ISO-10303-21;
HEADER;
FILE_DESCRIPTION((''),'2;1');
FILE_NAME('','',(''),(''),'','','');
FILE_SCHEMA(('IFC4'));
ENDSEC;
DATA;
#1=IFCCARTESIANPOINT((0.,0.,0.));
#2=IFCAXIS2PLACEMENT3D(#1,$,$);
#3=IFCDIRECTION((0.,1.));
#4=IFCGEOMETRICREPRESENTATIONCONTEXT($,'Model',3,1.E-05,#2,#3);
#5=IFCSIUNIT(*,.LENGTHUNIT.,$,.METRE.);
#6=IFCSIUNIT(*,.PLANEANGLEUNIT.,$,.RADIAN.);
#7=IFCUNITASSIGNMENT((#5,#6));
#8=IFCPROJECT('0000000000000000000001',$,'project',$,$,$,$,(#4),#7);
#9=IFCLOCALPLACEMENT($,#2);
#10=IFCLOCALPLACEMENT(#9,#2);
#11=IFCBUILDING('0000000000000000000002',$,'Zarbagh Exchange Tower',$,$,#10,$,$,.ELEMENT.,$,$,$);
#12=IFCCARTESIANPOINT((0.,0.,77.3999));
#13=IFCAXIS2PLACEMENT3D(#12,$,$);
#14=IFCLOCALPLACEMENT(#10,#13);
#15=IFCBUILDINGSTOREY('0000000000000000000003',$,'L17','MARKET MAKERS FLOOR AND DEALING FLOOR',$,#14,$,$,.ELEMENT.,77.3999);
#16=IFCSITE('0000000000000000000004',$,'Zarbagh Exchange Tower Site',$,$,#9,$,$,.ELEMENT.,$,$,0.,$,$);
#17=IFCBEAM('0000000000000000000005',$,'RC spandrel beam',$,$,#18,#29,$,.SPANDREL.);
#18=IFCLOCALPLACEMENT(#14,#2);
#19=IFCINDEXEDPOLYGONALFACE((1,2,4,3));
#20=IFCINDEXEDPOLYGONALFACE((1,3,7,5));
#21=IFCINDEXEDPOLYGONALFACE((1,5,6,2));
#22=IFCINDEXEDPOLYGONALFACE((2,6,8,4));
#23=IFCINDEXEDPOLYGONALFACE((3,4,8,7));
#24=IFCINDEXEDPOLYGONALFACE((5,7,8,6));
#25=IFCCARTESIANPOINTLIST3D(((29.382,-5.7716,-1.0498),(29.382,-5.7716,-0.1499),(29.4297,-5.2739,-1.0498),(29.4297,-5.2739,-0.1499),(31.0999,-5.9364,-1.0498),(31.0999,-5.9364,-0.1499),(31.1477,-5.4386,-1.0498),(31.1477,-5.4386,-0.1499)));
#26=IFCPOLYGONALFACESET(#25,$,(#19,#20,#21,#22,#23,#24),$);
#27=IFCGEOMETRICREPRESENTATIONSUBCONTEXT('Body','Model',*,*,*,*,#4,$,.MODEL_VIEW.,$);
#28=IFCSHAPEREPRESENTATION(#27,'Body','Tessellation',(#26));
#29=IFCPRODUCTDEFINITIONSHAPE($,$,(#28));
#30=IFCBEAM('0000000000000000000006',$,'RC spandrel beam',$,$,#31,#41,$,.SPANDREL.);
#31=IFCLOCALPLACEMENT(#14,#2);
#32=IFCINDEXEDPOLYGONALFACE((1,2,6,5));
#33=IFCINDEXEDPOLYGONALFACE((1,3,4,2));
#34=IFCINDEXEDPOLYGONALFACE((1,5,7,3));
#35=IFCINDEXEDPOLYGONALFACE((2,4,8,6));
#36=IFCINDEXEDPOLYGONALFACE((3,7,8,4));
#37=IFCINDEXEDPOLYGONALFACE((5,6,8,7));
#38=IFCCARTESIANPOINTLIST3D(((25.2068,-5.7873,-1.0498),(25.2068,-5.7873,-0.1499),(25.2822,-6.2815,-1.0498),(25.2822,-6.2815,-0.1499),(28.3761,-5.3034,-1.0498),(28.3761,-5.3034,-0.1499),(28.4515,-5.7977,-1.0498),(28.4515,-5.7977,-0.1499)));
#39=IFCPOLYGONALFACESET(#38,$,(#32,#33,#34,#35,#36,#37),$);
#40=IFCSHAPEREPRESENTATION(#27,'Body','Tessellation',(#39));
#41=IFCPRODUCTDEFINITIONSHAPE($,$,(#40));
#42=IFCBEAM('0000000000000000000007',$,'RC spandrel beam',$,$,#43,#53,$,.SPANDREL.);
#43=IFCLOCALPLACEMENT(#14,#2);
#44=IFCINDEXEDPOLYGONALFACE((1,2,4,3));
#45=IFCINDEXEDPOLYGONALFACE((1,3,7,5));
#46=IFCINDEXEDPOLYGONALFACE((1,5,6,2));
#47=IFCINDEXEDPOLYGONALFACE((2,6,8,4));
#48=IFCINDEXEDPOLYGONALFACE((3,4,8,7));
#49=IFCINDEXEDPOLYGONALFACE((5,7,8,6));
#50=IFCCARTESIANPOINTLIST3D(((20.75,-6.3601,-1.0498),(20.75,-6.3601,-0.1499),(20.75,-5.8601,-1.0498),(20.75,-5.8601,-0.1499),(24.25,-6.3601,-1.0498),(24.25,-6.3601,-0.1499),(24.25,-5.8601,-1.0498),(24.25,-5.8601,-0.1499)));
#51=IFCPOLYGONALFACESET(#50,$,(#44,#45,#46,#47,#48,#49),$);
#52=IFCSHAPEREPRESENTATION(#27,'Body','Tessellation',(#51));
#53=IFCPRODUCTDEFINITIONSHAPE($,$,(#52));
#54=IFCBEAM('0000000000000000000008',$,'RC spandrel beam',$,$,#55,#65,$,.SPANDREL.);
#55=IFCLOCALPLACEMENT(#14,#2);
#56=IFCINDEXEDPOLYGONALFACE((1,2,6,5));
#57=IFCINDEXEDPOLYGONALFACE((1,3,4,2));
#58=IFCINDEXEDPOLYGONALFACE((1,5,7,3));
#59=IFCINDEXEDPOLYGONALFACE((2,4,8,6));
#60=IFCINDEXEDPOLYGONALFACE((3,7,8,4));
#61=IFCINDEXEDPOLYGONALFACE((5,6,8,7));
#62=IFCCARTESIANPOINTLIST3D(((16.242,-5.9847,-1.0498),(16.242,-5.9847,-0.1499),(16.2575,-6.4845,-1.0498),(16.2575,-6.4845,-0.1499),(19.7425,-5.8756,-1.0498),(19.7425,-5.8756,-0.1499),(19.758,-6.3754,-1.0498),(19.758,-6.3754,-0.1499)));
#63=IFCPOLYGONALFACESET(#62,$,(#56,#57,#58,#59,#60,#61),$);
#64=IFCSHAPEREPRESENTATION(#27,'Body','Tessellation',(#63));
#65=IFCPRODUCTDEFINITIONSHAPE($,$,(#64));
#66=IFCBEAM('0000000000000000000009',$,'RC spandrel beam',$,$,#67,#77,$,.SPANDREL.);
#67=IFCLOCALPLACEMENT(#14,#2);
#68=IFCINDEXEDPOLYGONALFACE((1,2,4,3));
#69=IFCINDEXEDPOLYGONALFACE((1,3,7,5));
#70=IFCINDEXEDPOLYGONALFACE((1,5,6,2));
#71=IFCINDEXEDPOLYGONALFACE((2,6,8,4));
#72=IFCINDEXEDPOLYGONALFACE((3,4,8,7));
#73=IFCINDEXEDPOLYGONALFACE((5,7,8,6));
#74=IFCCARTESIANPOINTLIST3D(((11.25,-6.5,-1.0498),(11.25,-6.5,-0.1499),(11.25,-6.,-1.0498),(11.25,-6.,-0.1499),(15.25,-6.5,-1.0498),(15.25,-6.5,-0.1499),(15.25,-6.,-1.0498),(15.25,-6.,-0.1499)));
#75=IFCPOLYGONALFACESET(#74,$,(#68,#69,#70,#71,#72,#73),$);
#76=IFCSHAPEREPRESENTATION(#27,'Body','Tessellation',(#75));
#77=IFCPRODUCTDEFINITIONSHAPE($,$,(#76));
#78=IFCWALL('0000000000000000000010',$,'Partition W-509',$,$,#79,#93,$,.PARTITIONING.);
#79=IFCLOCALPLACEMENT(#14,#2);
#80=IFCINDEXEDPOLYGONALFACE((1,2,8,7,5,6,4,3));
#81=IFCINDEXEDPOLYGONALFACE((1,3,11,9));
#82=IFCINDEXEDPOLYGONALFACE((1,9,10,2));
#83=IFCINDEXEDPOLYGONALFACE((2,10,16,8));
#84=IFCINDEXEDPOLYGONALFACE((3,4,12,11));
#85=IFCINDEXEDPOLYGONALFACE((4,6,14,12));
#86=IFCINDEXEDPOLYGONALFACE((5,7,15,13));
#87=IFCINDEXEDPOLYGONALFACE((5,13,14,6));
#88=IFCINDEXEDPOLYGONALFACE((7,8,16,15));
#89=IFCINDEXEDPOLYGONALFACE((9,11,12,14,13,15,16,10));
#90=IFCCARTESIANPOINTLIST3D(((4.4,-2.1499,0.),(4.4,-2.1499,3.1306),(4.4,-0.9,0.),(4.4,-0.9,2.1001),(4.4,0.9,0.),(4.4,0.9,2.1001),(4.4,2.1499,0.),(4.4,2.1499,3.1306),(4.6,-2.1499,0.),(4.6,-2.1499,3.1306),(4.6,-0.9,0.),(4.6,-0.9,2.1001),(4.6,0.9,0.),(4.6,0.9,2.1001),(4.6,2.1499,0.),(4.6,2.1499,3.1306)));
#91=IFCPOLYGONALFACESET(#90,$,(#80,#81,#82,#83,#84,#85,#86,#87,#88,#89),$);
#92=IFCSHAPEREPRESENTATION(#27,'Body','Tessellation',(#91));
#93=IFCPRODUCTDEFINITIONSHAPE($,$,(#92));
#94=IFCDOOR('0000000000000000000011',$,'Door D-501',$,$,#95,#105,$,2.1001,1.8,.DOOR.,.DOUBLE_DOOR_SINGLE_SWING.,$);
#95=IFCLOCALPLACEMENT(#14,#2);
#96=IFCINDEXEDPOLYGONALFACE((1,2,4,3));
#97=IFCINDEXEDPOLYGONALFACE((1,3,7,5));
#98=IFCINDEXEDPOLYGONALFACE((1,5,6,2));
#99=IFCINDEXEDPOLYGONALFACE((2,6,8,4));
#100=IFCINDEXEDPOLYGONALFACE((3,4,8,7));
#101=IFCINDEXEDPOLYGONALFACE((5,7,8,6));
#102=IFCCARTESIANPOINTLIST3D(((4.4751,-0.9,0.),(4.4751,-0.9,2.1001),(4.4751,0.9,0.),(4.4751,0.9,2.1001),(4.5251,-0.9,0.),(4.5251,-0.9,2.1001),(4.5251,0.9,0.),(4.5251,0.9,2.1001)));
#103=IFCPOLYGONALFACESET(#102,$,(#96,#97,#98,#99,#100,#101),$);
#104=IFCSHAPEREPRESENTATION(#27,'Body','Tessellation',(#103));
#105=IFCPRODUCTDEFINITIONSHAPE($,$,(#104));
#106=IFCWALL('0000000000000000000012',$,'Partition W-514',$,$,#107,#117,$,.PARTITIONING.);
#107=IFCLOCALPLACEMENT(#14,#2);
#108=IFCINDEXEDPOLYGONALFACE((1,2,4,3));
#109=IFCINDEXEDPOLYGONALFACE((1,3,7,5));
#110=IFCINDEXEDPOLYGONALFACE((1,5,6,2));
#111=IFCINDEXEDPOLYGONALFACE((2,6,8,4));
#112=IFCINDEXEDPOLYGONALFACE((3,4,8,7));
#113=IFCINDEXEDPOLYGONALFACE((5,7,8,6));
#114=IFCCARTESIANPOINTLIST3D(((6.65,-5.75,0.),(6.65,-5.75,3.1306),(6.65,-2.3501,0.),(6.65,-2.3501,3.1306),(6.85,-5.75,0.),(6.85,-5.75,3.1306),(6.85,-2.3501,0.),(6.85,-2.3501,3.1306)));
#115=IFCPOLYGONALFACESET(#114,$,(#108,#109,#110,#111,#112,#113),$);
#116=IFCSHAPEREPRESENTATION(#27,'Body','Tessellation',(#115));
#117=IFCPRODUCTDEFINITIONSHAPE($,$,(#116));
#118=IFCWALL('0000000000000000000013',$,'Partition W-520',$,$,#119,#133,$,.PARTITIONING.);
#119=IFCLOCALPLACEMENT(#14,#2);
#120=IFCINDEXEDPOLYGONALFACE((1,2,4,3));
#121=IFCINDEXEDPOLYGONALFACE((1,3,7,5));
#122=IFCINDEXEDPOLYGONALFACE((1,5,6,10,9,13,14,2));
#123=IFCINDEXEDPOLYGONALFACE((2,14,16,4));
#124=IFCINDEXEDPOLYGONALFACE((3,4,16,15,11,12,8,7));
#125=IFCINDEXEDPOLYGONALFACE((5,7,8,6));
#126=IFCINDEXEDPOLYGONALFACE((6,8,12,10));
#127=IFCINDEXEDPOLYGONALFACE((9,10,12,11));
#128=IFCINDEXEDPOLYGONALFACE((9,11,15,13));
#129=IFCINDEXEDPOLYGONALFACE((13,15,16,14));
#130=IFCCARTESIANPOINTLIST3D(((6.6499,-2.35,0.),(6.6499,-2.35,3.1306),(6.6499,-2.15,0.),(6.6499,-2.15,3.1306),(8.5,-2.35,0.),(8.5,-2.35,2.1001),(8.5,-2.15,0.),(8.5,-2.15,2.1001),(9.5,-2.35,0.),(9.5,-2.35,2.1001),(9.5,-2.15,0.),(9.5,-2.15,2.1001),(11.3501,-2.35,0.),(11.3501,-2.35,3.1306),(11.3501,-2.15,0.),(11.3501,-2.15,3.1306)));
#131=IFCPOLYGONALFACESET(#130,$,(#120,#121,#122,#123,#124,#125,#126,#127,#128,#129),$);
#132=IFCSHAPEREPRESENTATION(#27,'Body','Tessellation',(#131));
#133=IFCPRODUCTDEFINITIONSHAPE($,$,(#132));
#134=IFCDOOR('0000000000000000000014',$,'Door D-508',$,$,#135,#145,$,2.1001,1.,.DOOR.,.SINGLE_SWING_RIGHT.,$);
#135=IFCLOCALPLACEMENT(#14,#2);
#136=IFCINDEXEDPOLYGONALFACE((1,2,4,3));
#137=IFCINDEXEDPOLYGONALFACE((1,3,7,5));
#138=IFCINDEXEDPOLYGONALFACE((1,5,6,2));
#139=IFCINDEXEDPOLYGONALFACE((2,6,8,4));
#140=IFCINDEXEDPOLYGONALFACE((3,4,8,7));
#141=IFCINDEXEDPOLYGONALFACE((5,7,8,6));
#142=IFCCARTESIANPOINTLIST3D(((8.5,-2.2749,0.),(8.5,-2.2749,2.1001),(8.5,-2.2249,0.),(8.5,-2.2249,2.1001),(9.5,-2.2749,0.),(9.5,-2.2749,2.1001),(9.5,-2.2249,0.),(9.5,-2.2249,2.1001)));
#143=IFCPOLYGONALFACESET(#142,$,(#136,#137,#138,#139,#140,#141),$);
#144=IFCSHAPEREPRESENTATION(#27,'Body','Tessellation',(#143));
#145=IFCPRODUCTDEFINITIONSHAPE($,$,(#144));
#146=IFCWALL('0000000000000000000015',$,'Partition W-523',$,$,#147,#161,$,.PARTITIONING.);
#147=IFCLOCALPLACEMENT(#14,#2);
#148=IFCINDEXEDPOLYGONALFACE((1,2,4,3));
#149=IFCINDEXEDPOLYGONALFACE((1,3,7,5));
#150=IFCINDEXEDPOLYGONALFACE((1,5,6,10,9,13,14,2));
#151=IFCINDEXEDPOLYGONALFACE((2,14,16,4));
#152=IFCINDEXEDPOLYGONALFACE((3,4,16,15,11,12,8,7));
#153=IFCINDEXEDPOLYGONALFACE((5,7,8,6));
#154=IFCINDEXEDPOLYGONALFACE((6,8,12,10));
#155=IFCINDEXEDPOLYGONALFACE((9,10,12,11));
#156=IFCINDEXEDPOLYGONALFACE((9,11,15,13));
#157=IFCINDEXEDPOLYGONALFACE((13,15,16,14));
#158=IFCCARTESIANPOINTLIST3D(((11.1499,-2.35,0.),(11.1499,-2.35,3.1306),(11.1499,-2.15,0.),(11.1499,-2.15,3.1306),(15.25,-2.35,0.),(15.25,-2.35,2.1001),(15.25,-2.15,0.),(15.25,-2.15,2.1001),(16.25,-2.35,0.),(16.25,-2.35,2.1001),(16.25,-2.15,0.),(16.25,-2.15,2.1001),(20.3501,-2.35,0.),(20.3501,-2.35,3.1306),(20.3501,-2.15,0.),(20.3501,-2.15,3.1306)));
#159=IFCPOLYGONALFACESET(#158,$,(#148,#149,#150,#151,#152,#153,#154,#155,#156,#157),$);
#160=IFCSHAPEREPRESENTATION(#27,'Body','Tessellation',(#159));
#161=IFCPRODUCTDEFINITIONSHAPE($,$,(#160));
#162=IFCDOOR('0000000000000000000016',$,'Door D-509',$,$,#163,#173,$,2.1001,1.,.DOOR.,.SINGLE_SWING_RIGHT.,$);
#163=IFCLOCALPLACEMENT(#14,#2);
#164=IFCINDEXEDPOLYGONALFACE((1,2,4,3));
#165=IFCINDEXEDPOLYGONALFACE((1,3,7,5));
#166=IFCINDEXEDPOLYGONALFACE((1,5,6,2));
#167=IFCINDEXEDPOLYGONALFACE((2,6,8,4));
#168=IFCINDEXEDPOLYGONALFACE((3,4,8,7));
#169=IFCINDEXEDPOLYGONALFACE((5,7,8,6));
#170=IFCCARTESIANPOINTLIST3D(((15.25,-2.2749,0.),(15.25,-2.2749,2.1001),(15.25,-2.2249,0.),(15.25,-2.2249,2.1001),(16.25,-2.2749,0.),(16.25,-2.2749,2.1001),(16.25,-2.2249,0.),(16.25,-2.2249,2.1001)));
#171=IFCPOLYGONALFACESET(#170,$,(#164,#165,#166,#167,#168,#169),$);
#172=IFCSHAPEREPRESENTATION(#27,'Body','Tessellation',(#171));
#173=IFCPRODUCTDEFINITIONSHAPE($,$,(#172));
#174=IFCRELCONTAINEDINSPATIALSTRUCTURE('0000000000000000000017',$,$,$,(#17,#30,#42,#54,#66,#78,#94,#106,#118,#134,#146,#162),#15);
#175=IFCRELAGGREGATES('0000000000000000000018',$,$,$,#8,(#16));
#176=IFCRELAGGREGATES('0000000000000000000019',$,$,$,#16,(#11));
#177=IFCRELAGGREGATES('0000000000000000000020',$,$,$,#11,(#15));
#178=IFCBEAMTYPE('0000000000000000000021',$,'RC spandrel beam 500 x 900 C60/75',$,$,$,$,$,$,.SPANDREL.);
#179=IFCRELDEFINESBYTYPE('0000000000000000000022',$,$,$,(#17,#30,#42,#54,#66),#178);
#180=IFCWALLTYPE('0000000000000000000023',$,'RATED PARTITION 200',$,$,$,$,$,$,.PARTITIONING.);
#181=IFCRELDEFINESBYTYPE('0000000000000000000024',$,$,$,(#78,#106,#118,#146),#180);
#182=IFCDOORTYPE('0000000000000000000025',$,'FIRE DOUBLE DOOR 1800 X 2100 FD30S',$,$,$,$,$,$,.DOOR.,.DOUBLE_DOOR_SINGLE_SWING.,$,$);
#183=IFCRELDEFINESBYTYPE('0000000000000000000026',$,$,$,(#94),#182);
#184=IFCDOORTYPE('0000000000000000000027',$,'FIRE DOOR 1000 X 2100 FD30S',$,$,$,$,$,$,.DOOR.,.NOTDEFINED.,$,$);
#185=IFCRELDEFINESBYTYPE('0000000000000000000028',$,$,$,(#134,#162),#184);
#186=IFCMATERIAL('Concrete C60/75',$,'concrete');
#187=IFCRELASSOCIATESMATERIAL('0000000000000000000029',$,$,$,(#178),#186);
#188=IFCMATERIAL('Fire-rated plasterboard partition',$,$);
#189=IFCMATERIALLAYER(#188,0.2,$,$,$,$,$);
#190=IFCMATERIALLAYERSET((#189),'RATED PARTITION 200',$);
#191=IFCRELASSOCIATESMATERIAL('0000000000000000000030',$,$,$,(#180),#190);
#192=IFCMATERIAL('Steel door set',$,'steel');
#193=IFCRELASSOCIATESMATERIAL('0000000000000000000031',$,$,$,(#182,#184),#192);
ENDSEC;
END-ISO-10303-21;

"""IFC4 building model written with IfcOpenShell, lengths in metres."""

from ifc_helpers import new_model, si_unit, direction, frame, frame_2d, origin, origin_2d, place, context, subcontext, project, spatial, rectangle, extrude, material, layer, layer_set, material_profile, profile_set, type_object, element, fill, save


model = new_model("IFC4")

# Units and contexts
model_context = context("Model", 3, precision=1e-05, world=origin(), true_north=direction((0.0, 1.0)))
body_context = subcontext(model_context, "Body", "Model", "MODEL_VIEW")
ifc_project = project(units=[si_unit("LENGTHUNIT", "METRE"), si_unit("PLANEANGLEUNIT", "RADIAN")], contexts=[model_context])

# Site, building, storey
site_placement = place(None, origin())
site = spatial("IfcSite", under=ifc_project, at=site_placement, Name="Zarbagh Exchange Tower Site", CompositionType="ELEMENT", RefElevation=0.0)
building_placement = place(site_placement, origin())
building = spatial("IfcBuilding", under=site, at=building_placement, Name="Zarbagh Exchange Tower", CompositionType="ELEMENT")
storey_placement = place(building_placement, frame((0.0, 0.0, 77.3999)))
storey = spatial("IfcBuildingStorey", under=building, at=storey_placement, Name="L17", Description="MARKET MAKERS FLOOR AND DEALING FLOOR", CompositionType="ELEMENT", Elevation=77.3999)

# Shared definitions
ifc_material_1 = material(Name="Concrete C60/75", Category="concrete")

# Beams
ifc_material_profile_1 = material_profile(ifc_material_1, rectangle(XDim=0.5, YDim=0.8999, at=origin_2d()), Name="RC spandrel beam 500 x 900 C60/75")
ifc_profile_set_1 = profile_set([ifc_material_profile_1], Name="Concrete C60/75")
beam_type_1 = type_object("IfcBeamType", Name="RC spandrel beam 500 x 900 C60/75", PredefinedType="SPANDREL", material=ifc_profile_set_1)
beam_1_placement = place(storey_placement, frame((31.1238, -5.6875, -0.5999), z_axis=(-0.995431, 0.095483, 0.0), x_axis=(-0.095483, -0.995431, 0.0)))
element("IfcBeam", 1, at=beam_1_placement, inside=storey, type_object=beam_type_1, Name="RC spandrel beam", PredefinedType="SPANDREL", context=body_context, shape_type="SweptSolid", body=[
    extrude(rectangle(XDim=0.5, YDim=0.8999, at=origin_2d()), origin(), (0.0, 0.0, 1.0), 1.7258),
])
beam_2_placement = place(storey_placement, frame((28.4138, -5.5505, -0.5999), z_axis=(-0.988545, -0.150924, 0.0), x_axis=(0.150924, -0.988545, 0.0)))
element("IfcBeam", 2, at=beam_2_placement, inside=storey, type_object=beam_type_1, Name="RC spandrel beam", PredefinedType="SPANDREL", context=body_context, shape_type="SweptSolid", body=[
    extrude(rectangle(XDim=0.5, YDim=0.8999, at=origin_2d()), origin(), (0.0, 0.0, 1.0), 3.2061),
])
beam_3_placement = place(storey_placement, frame((24.25, -6.1101, -0.5999), z_axis=(-1.0, 0.0, 0.0), x_axis=(0.0, -1.0, 0.0)))
element("IfcBeam", 3, at=beam_3_placement, inside=storey, type_object=beam_type_1, Name="RC spandrel beam", PredefinedType="SPANDREL", context=body_context, shape_type="SweptSolid", body=[
    extrude(rectangle(XDim=0.5, YDim=0.8999, at=origin_2d()), origin(), (0.0, 0.0, 1.0), 3.5),
])
beam_4_placement = place(storey_placement, frame((19.7502, -6.1255, -0.5999), z_axis=(-0.999514, -0.031161, 0.0), x_axis=(0.031161, -0.999514, 0.0)))
element("IfcBeam", 4, at=beam_4_placement, inside=storey, type_object=beam_type_1, Name="RC spandrel beam", PredefinedType="SPANDREL", context=body_context, shape_type="SweptSolid", body=[
    extrude(rectangle(XDim=0.5, YDim=0.8999, at=origin_2d()), origin(), (0.0, 0.0, 1.0), 3.5022),
])
beam_5_placement = place(storey_placement, frame((15.25, -6.25, -0.5999), z_axis=(-1.0, 0.0, 0.0), x_axis=(0.0, -1.0, 0.0)))
element("IfcBeam", 5, at=beam_5_placement, inside=storey, type_object=beam_type_1, Name="RC spandrel beam", PredefinedType="SPANDREL", context=body_context, shape_type="SweptSolid", body=[
    extrude(rectangle(XDim=0.5, YDim=0.8999, at=origin_2d()), origin(), (0.0, 0.0, 1.0), 4.0),
])

# Wall, opening, door
ifc_material_2 = material(Name="Fire-rated plasterboard partition")
ifc_layer = layer(ifc_material_2, 0.2)
ifc_layer_set = layer_set([ifc_layer], Name="RATED PARTITION 200")
wall_type = type_object("IfcWallType", Name="RATED PARTITION 200", PredefinedType="PARTITIONING", material=ifc_layer_set)
wall_1_placement = place(storey_placement, frame((4.5, -2.1499, 0.0), z_axis=(0.0, 0.0, 1.0), x_axis=(0.0, 1.0, 0.0)))
wall_1 = element("IfcWall", 6, at=wall_1_placement, inside=storey, type_object=wall_type, Name="Partition W-509", PredefinedType="PARTITIONING", context=body_context, shape_type="SweptSolid", body=[
    extrude(rectangle(XDim=4.2998, YDim=0.2, at=frame_2d((2.1499, 0.0))), origin(), (0.0, 0.0, 1.0), 3.1306),
])
opening_1_placement = place(wall_1_placement, frame((1.25, 0.0, 0.0)))
opening_1 = element("IfcOpeningElement", 7, at=opening_1_placement, cuts=wall_1, PredefinedType="OPENING", context=body_context, shape_type="SweptSolid", body=[
    extrude(rectangle(XDim=1.8, YDim=2.1001, at=frame_2d((0.8999, 1.05))), frame((0.0, 0.1099, 0.0), z_axis=(0.0, -1.0, 0.0), x_axis=(1.0, 0.0, 0.0)), (0.0, 0.0, 1.0), 0.22),
])
ifc_material_3 = material(Name="Steel door set", Category="steel")
door_type_1 = type_object("IfcDoorType", Name="FIRE DOUBLE DOOR 1800 X 2100 FD30S", OperationType="DOUBLE_DOOR_SINGLE_SWING", PredefinedType="DOOR", material=ifc_material_3)
door_1_placement = place(opening_1_placement, origin())
door_1 = element("IfcDoor", 8, at=door_1_placement, inside=storey, type_object=door_type_1, Name="Door D-501", OperationType="DOUBLE_DOOR_SINGLE_SWING", OverallHeight=2.1001, OverallWidth=1.8, PredefinedType="DOOR", context=body_context, shape_type="SweptSolid", body=[
    extrude(rectangle(XDim=1.8, YDim=2.1001, at=frame_2d((0.8999, 1.05))), frame((0.0, 0.0249, 0.0), z_axis=(0.0, -1.0, 0.0), x_axis=(1.0, 0.0, 0.0)), (0.0, 0.0, 1.0), 0.05),
])
fill(opening_1, door_1)

# Wall
wall_2_placement = place(storey_placement, frame((6.75, -5.75, 0.0), z_axis=(0.0, 0.0, 1.0), x_axis=(0.0, 1.0, 0.0)))
element("IfcWall", 9, at=wall_2_placement, inside=storey, type_object=wall_type, Name="Partition W-514", PredefinedType="PARTITIONING", context=body_context, shape_type="SweptSolid", body=[
    extrude(rectangle(XDim=3.3999, YDim=0.2, at=frame_2d((1.7, 0.0))), origin(), (0.0, 0.0, 1.0), 3.1306),
])

# Walls, openings, doors
wall_3_placement = place(storey_placement, frame((11.3501, -2.25, 0.0), z_axis=(0.0, 0.0, 1.0), x_axis=(-1.0, 0.0, 0.0)))
wall_3 = element("IfcWall", 10, at=wall_3_placement, inside=storey, type_object=wall_type, Name="Partition W-520", PredefinedType="PARTITIONING", context=body_context, shape_type="SweptSolid", body=[
    extrude(rectangle(XDim=4.7002, YDim=0.2, at=frame_2d((2.3501, 0.0))), origin(), (0.0, 0.0, 1.0), 3.1306),
])
opening_2_placement = place(wall_3_placement, frame((1.8501, 0.0, 0.0)))
opening_2 = element("IfcOpeningElement", 11, at=opening_2_placement, cuts=wall_3, PredefinedType="OPENING", context=body_context, shape_type="SweptSolid", body=[
    extrude(rectangle(XDim=1.0, YDim=2.1001, at=frame_2d((0.5, 1.05))), frame((0.0, 0.1099, 0.0), z_axis=(0.0, -1.0, 0.0), x_axis=(1.0, 0.0, 0.0)), (0.0, 0.0, 1.0), 0.22),
])
door_type_2 = type_object("IfcDoorType", Name="FIRE DOOR 1000 X 2100 FD30S", OperationType="NOTDEFINED", PredefinedType="DOOR", material=ifc_material_3)
door_2_placement = place(opening_2_placement, origin())
door_2 = element("IfcDoor", 12, at=door_2_placement, inside=storey, type_object=door_type_2, Name="Door D-508", OperationType="SINGLE_SWING_RIGHT", OverallHeight=2.1001, OverallWidth=1.0, PredefinedType="DOOR", context=body_context, shape_type="SweptSolid", body=[
    extrude(rectangle(XDim=1.0, YDim=2.1001, at=frame_2d((0.5, 1.05))), frame((0.0, 0.0249, 0.0), z_axis=(0.0, -1.0, 0.0), x_axis=(1.0, 0.0, 0.0)), (0.0, 0.0, 1.0), 0.05),
])
fill(opening_2, door_2)
wall_4_placement = place(storey_placement, frame((20.3501, -2.25, 0.0), z_axis=(0.0, 0.0, 1.0), x_axis=(-1.0, 0.0, 0.0)))
wall_4 = element("IfcWall", 13, at=wall_4_placement, inside=storey, type_object=wall_type, Name="Partition W-523", PredefinedType="PARTITIONING", context=body_context, shape_type="SweptSolid", body=[
    extrude(rectangle(XDim=9.2002, YDim=0.2, at=frame_2d((4.6001, 0.0))), origin(), (0.0, 0.0, 1.0), 3.1306),
])
opening_3_placement = place(wall_4_placement, frame((4.1001, 0.0, 0.0)))
opening_3 = element("IfcOpeningElement", 14, at=opening_3_placement, cuts=wall_4, PredefinedType="OPENING", context=body_context, shape_type="SweptSolid", body=[
    extrude(rectangle(XDim=1.0, YDim=2.1001, at=frame_2d((0.5, 1.05))), frame((0.0, 0.1099, 0.0), z_axis=(0.0, -1.0, 0.0), x_axis=(1.0, 0.0, 0.0)), (0.0, 0.0, 1.0), 0.22),
])
door_3_placement = place(opening_3_placement, origin())
door_3 = element("IfcDoor", 15, at=door_3_placement, inside=storey, type_object=door_type_2, Name="Door D-509", OperationType="SINGLE_SWING_RIGHT", OverallHeight=2.1001, OverallWidth=1.0, PredefinedType="DOOR", context=body_context, shape_type="SweptSolid", body=[
    extrude(rectangle(XDim=1.0, YDim=2.1001, at=frame_2d((0.5, 1.05))), frame((0.0, 0.0249, 0.0), z_axis=(0.0, -1.0, 0.0), x_axis=(1.0, 0.0, 0.0)), (0.0, 0.0, 1.0), 0.05),
])
fill(opening_3, door_3)

save(model, "model.ifc")
